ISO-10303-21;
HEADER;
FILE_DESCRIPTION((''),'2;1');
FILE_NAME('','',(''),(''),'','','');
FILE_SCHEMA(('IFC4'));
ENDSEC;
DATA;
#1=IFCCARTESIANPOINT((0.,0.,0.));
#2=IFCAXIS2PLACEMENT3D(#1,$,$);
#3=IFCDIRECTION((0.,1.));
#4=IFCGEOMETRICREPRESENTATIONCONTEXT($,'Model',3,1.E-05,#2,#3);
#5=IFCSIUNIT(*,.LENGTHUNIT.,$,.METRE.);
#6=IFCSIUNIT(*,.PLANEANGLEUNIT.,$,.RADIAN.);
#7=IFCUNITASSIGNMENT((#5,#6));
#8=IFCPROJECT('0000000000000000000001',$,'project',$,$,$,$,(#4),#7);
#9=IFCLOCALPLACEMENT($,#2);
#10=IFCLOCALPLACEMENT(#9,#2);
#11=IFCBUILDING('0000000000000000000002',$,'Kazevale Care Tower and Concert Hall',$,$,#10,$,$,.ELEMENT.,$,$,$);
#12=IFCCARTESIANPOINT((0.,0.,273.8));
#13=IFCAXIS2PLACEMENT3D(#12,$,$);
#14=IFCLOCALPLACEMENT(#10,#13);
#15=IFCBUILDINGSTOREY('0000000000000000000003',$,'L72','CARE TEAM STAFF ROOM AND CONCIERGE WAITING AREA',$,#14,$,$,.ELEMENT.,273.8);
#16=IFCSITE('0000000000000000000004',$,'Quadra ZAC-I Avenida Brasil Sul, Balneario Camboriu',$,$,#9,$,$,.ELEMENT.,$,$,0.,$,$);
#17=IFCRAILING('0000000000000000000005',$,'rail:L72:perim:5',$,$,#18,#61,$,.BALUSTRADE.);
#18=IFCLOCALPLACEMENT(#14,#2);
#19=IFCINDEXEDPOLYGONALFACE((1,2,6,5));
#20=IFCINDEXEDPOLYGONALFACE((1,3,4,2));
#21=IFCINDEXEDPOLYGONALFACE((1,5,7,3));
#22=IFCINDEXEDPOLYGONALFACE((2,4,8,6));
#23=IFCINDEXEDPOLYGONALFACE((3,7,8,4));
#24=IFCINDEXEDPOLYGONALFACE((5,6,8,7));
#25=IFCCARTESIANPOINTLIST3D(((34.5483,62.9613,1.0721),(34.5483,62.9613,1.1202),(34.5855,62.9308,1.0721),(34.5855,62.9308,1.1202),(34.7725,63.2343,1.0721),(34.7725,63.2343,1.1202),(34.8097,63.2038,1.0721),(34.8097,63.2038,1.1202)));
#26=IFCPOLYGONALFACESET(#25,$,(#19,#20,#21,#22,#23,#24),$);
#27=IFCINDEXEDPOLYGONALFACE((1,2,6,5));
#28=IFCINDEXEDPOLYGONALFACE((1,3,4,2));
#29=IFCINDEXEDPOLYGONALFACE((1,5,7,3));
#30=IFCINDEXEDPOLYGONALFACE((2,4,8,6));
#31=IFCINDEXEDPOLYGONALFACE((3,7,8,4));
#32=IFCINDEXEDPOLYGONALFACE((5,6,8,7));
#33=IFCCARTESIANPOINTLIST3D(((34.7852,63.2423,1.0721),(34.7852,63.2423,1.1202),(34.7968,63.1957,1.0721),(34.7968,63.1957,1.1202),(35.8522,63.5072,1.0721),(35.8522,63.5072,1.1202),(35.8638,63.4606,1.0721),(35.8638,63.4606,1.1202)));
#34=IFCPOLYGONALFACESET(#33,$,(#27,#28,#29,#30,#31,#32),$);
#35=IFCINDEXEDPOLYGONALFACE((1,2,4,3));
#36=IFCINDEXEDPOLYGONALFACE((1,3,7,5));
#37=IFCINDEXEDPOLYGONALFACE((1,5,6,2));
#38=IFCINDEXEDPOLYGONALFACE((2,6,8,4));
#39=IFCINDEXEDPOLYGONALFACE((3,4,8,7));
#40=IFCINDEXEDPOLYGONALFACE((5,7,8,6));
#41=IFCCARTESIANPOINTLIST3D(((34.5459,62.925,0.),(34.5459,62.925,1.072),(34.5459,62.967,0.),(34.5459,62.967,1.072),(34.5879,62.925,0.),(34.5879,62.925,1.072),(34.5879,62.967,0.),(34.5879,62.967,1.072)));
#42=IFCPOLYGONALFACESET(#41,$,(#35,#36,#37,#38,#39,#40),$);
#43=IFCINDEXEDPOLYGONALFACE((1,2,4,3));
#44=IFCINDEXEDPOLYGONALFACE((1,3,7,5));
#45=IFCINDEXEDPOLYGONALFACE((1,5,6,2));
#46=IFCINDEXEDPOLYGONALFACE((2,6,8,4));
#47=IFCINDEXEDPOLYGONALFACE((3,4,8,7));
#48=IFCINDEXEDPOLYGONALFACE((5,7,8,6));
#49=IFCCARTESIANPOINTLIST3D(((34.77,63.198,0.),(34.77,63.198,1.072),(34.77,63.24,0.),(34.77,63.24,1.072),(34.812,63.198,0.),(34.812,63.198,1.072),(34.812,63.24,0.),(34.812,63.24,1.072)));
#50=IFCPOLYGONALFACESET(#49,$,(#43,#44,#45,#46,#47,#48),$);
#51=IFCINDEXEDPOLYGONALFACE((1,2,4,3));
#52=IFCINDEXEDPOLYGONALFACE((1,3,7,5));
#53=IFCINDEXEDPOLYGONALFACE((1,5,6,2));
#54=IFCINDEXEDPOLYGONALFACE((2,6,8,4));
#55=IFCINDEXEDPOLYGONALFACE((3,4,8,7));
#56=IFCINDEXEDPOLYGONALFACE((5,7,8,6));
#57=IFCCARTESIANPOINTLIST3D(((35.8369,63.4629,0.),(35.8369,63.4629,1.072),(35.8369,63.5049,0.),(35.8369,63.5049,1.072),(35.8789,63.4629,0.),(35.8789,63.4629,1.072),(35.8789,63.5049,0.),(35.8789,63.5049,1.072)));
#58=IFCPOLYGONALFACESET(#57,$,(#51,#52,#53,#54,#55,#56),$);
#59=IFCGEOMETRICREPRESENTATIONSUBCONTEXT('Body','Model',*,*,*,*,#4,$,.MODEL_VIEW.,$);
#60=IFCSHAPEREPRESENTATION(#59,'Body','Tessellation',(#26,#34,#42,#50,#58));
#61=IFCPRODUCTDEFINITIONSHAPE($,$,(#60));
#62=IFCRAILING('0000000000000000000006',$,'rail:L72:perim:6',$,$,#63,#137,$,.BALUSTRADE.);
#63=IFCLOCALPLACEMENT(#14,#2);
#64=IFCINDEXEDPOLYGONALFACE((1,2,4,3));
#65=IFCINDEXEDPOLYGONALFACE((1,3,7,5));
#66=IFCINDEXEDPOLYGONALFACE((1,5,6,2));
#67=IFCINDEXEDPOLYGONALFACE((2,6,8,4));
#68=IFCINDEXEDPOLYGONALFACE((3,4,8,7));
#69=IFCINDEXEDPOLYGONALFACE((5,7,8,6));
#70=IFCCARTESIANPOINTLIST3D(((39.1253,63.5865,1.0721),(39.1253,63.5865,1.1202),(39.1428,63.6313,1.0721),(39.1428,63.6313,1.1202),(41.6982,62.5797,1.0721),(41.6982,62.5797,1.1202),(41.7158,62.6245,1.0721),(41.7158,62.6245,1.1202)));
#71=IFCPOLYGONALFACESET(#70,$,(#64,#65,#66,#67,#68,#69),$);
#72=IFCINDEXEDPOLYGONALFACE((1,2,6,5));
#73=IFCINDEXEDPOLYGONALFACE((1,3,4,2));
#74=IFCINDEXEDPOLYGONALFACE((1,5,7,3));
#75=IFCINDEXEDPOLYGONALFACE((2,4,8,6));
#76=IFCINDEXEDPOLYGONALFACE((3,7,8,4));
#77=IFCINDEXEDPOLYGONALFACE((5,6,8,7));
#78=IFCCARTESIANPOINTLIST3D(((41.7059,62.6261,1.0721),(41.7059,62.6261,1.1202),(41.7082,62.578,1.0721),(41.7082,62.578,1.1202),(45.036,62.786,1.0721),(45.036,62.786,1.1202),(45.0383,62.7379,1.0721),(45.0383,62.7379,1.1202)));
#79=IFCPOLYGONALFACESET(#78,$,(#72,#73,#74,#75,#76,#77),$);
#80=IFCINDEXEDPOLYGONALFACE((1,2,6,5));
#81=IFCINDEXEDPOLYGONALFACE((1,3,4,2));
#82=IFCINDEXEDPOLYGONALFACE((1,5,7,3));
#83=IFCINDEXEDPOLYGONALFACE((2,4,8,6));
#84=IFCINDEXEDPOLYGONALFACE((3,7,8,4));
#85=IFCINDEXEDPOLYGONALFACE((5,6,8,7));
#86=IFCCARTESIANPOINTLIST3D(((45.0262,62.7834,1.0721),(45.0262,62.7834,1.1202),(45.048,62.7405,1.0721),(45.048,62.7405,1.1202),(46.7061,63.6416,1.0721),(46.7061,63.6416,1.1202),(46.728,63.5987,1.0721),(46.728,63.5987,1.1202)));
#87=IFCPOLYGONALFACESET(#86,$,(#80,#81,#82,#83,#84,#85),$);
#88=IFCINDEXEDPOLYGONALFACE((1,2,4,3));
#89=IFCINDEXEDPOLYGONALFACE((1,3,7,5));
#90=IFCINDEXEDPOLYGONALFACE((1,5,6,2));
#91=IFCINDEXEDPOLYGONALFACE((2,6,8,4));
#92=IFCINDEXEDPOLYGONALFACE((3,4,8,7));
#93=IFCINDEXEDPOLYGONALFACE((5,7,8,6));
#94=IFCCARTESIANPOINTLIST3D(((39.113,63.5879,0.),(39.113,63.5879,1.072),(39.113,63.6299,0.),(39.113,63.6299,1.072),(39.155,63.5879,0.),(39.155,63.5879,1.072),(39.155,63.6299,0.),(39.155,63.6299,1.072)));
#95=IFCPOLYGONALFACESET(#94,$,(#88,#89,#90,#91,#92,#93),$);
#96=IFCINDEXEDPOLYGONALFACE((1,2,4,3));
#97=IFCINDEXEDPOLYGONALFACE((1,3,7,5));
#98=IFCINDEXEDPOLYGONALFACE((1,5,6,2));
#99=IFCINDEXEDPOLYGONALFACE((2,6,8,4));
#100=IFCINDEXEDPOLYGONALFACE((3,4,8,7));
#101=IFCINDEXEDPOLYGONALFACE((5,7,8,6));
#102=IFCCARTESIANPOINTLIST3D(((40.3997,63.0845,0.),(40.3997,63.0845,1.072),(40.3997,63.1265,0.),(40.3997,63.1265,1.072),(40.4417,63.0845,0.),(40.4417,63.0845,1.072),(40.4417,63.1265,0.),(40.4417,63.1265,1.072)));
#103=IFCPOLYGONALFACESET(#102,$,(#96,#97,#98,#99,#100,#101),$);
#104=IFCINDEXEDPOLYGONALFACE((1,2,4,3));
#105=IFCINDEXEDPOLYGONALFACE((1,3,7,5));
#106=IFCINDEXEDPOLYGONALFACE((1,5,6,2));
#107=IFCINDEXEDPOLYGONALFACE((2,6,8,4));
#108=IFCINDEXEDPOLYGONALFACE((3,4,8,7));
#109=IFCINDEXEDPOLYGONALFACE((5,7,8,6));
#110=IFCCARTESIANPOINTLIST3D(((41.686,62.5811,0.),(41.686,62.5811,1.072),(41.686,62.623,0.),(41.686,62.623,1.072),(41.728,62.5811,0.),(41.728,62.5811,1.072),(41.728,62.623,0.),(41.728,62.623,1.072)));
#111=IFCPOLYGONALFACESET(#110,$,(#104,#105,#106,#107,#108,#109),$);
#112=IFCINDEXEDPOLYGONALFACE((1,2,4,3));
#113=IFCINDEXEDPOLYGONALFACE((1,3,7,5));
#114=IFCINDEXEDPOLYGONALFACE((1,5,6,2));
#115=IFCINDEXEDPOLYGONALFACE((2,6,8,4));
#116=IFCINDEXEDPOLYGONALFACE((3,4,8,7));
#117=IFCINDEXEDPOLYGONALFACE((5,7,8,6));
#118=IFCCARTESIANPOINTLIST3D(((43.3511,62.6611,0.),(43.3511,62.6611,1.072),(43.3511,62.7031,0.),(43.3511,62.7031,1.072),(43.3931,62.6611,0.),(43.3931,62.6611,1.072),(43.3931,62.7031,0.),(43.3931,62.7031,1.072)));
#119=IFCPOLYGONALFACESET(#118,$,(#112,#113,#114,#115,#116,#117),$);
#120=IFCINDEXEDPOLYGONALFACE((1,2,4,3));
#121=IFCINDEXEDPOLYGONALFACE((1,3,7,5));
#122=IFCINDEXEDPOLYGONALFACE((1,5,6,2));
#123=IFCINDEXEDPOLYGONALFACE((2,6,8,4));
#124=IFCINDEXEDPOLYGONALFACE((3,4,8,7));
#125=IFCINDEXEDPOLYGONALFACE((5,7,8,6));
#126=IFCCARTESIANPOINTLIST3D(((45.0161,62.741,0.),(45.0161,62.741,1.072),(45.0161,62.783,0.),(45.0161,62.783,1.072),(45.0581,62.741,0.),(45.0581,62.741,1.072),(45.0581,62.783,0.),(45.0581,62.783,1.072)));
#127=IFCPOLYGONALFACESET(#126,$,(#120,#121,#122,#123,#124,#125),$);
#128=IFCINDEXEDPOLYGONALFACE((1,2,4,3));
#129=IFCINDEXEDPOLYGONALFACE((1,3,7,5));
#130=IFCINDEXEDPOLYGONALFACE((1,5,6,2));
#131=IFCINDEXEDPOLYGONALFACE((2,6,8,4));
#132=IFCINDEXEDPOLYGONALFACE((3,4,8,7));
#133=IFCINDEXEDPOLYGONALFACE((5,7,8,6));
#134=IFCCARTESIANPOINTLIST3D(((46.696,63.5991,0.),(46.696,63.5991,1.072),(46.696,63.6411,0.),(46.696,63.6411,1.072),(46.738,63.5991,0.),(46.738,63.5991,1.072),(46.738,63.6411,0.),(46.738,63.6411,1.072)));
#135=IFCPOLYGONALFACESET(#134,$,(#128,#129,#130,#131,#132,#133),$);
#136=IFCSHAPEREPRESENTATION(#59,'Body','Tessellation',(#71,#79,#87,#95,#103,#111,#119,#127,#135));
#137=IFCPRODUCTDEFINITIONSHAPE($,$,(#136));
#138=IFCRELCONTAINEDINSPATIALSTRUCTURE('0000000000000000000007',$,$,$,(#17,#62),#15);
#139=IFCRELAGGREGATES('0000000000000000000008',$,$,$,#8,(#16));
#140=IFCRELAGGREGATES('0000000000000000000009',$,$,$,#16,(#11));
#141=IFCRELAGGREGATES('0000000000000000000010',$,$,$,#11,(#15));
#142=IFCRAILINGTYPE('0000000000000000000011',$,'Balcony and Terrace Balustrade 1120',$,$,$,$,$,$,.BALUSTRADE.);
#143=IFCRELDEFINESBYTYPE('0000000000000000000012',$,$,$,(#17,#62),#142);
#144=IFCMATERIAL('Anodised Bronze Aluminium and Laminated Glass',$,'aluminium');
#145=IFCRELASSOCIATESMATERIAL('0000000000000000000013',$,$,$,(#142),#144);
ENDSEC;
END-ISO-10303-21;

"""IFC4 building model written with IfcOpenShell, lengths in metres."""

from ifc_helpers import new_model, si_unit, direction, frame, origin, origin_2d, place, context, subcontext, project, spatial, rectangle, extrude, material, type_object, element, save


model = new_model("IFC4")

# Units and contexts
model_context = context("Model", 3, precision=1e-05, world=origin(), true_north=direction((0.0, 1.0)))
body_context = subcontext(model_context, "Body", "Model", "MODEL_VIEW")
ifc_project = project(units=[si_unit("LENGTHUNIT", "METRE"), si_unit("PLANEANGLEUNIT", "RADIAN")], contexts=[model_context])

# Site, building, storey
site_placement = place(None, origin())
site = spatial("IfcSite", under=ifc_project, at=site_placement, Name="Quadra ZAC-I Avenida Brasil Sul, Balneario Camboriu", CompositionType="ELEMENT", RefElevation=0.0)
building_placement = place(site_placement, origin())
building = spatial("IfcBuilding", under=site, at=building_placement, Name="Kazevale Care Tower and Concert Hall", CompositionType="ELEMENT")
storey_placement = place(building_placement, frame((0.0, 0.0, 273.8)))
storey = spatial("IfcBuildingStorey", under=building, at=storey_placement, Name="L72", Description="CARE TEAM STAFF ROOM AND CONCIERGE WAITING AREA", CompositionType="ELEMENT", Elevation=273.8)

# Railings
ifc_material_1 = material(Name="Anodised Bronze Aluminium and Laminated Glass", Category="aluminium")
railing_type = type_object("IfcRailingType", Name="Balcony and Terrace Balustrade 1120", PredefinedType="BALUSTRADE", material=ifc_material_1)
railing_1_placement = place(storey_placement, frame((34.5669, 62.946, 0.0)))
element("IfcRailing", 1, at=railing_1_placement, inside=storey, type_object=railing_type, Name="rail:L72:perim:5", PredefinedType="BALUSTRADE", context=body_context, shape_type="SweptSolid", body=[
    extrude(rectangle(XDim=0.0481, YDim=0.0481, at=origin_2d()), frame((0.0, 0.0, 1.0962), z_axis=(0.634592, 0.772847, 0.0), x_axis=(-0.772847, 0.634592, 0.0)), (0.0, 0.0, 1.0), 0.3533),
    extrude(rectangle(XDim=0.0481, YDim=0.0481, at=origin_2d()), frame((0.2241, 0.2729, 1.0962), z_axis=(0.970533, 0.240968, 0.0), x_axis=(-0.240968, 0.970533, 0.0)), (0.0, 0.0, 1.0), 1.0994),
    extrude(rectangle(XDim=0.042, YDim=0.042, at=origin_2d()), origin(), (0.0, 0.0, 1.0), 1.072),
    extrude(rectangle(XDim=0.042, YDim=0.042, at=origin_2d()), frame((0.2241, 0.2729, 0.0)), (0.0, 0.0, 1.0), 1.072),
    extrude(rectangle(XDim=0.042, YDim=0.042, at=origin_2d()), frame((1.291, 0.5378, 0.0)), (0.0, 0.0, 1.0), 1.072),
])
railing_2_placement = place(storey_placement, frame((39.134, 63.6089, 0.0)))
element("IfcRailing", 2, at=railing_2_placement, inside=storey, type_object=railing_type, Name="rail:L72:perim:6", PredefinedType="BALUSTRADE", context=body_context, shape_type="SweptSolid", body=[
    extrude(rectangle(XDim=0.0481, YDim=0.0481, at=origin_2d()), frame((0.0, 0.0, 1.0962), z_axis=(0.931241, -0.364403, 0.0), x_axis=(0.364403, 0.931241, 0.0)), (0.0, 0.0, 1.0), 2.7629),
    extrude(rectangle(XDim=0.0481, YDim=0.0481, at=origin_2d()), frame((2.573, -1.0068, 1.0962), z_axis=(0.998849, 0.047965, 0.0), x_axis=(-0.047965, 0.998849, 0.0)), (0.0, 0.0, 1.0), 3.334),
    extrude(rectangle(XDim=0.0481, YDim=0.0481, at=origin_2d()), frame((5.9031, -0.8469, 1.0962), z_axis=(0.890537, 0.45491, 0.0), x_axis=(-0.45491, 0.890537, 0.0)), (0.0, 0.0, 1.0), 1.8865),
    extrude(rectangle(XDim=0.042, YDim=0.042, at=origin_2d()), origin(), (0.0, 0.0, 1.0), 1.072),
    extrude(rectangle(XDim=0.042, YDim=0.042, at=origin_2d()), frame((1.2866, -0.5034, 0.0)), (0.0, 0.0, 1.0), 1.072),
    extrude(rectangle(XDim=0.042, YDim=0.042, at=origin_2d()), frame((2.573, -1.0068, 0.0)), (0.0, 0.0, 1.0), 1.072),
    extrude(rectangle(XDim=0.042, YDim=0.042, at=origin_2d()), frame((4.238, -0.9268, 0.0)), (0.0, 0.0, 1.0), 1.072),
    extrude(rectangle(XDim=0.042, YDim=0.042, at=origin_2d()), frame((5.9031, -0.8469, 0.0)), (0.0, 0.0, 1.0), 1.072),
    extrude(rectangle(XDim=0.042, YDim=0.042, at=origin_2d()), frame((7.583, 0.0112, 0.0)), (0.0, 0.0, 1.0), 1.072),
])

save(model, "model.ifc")
